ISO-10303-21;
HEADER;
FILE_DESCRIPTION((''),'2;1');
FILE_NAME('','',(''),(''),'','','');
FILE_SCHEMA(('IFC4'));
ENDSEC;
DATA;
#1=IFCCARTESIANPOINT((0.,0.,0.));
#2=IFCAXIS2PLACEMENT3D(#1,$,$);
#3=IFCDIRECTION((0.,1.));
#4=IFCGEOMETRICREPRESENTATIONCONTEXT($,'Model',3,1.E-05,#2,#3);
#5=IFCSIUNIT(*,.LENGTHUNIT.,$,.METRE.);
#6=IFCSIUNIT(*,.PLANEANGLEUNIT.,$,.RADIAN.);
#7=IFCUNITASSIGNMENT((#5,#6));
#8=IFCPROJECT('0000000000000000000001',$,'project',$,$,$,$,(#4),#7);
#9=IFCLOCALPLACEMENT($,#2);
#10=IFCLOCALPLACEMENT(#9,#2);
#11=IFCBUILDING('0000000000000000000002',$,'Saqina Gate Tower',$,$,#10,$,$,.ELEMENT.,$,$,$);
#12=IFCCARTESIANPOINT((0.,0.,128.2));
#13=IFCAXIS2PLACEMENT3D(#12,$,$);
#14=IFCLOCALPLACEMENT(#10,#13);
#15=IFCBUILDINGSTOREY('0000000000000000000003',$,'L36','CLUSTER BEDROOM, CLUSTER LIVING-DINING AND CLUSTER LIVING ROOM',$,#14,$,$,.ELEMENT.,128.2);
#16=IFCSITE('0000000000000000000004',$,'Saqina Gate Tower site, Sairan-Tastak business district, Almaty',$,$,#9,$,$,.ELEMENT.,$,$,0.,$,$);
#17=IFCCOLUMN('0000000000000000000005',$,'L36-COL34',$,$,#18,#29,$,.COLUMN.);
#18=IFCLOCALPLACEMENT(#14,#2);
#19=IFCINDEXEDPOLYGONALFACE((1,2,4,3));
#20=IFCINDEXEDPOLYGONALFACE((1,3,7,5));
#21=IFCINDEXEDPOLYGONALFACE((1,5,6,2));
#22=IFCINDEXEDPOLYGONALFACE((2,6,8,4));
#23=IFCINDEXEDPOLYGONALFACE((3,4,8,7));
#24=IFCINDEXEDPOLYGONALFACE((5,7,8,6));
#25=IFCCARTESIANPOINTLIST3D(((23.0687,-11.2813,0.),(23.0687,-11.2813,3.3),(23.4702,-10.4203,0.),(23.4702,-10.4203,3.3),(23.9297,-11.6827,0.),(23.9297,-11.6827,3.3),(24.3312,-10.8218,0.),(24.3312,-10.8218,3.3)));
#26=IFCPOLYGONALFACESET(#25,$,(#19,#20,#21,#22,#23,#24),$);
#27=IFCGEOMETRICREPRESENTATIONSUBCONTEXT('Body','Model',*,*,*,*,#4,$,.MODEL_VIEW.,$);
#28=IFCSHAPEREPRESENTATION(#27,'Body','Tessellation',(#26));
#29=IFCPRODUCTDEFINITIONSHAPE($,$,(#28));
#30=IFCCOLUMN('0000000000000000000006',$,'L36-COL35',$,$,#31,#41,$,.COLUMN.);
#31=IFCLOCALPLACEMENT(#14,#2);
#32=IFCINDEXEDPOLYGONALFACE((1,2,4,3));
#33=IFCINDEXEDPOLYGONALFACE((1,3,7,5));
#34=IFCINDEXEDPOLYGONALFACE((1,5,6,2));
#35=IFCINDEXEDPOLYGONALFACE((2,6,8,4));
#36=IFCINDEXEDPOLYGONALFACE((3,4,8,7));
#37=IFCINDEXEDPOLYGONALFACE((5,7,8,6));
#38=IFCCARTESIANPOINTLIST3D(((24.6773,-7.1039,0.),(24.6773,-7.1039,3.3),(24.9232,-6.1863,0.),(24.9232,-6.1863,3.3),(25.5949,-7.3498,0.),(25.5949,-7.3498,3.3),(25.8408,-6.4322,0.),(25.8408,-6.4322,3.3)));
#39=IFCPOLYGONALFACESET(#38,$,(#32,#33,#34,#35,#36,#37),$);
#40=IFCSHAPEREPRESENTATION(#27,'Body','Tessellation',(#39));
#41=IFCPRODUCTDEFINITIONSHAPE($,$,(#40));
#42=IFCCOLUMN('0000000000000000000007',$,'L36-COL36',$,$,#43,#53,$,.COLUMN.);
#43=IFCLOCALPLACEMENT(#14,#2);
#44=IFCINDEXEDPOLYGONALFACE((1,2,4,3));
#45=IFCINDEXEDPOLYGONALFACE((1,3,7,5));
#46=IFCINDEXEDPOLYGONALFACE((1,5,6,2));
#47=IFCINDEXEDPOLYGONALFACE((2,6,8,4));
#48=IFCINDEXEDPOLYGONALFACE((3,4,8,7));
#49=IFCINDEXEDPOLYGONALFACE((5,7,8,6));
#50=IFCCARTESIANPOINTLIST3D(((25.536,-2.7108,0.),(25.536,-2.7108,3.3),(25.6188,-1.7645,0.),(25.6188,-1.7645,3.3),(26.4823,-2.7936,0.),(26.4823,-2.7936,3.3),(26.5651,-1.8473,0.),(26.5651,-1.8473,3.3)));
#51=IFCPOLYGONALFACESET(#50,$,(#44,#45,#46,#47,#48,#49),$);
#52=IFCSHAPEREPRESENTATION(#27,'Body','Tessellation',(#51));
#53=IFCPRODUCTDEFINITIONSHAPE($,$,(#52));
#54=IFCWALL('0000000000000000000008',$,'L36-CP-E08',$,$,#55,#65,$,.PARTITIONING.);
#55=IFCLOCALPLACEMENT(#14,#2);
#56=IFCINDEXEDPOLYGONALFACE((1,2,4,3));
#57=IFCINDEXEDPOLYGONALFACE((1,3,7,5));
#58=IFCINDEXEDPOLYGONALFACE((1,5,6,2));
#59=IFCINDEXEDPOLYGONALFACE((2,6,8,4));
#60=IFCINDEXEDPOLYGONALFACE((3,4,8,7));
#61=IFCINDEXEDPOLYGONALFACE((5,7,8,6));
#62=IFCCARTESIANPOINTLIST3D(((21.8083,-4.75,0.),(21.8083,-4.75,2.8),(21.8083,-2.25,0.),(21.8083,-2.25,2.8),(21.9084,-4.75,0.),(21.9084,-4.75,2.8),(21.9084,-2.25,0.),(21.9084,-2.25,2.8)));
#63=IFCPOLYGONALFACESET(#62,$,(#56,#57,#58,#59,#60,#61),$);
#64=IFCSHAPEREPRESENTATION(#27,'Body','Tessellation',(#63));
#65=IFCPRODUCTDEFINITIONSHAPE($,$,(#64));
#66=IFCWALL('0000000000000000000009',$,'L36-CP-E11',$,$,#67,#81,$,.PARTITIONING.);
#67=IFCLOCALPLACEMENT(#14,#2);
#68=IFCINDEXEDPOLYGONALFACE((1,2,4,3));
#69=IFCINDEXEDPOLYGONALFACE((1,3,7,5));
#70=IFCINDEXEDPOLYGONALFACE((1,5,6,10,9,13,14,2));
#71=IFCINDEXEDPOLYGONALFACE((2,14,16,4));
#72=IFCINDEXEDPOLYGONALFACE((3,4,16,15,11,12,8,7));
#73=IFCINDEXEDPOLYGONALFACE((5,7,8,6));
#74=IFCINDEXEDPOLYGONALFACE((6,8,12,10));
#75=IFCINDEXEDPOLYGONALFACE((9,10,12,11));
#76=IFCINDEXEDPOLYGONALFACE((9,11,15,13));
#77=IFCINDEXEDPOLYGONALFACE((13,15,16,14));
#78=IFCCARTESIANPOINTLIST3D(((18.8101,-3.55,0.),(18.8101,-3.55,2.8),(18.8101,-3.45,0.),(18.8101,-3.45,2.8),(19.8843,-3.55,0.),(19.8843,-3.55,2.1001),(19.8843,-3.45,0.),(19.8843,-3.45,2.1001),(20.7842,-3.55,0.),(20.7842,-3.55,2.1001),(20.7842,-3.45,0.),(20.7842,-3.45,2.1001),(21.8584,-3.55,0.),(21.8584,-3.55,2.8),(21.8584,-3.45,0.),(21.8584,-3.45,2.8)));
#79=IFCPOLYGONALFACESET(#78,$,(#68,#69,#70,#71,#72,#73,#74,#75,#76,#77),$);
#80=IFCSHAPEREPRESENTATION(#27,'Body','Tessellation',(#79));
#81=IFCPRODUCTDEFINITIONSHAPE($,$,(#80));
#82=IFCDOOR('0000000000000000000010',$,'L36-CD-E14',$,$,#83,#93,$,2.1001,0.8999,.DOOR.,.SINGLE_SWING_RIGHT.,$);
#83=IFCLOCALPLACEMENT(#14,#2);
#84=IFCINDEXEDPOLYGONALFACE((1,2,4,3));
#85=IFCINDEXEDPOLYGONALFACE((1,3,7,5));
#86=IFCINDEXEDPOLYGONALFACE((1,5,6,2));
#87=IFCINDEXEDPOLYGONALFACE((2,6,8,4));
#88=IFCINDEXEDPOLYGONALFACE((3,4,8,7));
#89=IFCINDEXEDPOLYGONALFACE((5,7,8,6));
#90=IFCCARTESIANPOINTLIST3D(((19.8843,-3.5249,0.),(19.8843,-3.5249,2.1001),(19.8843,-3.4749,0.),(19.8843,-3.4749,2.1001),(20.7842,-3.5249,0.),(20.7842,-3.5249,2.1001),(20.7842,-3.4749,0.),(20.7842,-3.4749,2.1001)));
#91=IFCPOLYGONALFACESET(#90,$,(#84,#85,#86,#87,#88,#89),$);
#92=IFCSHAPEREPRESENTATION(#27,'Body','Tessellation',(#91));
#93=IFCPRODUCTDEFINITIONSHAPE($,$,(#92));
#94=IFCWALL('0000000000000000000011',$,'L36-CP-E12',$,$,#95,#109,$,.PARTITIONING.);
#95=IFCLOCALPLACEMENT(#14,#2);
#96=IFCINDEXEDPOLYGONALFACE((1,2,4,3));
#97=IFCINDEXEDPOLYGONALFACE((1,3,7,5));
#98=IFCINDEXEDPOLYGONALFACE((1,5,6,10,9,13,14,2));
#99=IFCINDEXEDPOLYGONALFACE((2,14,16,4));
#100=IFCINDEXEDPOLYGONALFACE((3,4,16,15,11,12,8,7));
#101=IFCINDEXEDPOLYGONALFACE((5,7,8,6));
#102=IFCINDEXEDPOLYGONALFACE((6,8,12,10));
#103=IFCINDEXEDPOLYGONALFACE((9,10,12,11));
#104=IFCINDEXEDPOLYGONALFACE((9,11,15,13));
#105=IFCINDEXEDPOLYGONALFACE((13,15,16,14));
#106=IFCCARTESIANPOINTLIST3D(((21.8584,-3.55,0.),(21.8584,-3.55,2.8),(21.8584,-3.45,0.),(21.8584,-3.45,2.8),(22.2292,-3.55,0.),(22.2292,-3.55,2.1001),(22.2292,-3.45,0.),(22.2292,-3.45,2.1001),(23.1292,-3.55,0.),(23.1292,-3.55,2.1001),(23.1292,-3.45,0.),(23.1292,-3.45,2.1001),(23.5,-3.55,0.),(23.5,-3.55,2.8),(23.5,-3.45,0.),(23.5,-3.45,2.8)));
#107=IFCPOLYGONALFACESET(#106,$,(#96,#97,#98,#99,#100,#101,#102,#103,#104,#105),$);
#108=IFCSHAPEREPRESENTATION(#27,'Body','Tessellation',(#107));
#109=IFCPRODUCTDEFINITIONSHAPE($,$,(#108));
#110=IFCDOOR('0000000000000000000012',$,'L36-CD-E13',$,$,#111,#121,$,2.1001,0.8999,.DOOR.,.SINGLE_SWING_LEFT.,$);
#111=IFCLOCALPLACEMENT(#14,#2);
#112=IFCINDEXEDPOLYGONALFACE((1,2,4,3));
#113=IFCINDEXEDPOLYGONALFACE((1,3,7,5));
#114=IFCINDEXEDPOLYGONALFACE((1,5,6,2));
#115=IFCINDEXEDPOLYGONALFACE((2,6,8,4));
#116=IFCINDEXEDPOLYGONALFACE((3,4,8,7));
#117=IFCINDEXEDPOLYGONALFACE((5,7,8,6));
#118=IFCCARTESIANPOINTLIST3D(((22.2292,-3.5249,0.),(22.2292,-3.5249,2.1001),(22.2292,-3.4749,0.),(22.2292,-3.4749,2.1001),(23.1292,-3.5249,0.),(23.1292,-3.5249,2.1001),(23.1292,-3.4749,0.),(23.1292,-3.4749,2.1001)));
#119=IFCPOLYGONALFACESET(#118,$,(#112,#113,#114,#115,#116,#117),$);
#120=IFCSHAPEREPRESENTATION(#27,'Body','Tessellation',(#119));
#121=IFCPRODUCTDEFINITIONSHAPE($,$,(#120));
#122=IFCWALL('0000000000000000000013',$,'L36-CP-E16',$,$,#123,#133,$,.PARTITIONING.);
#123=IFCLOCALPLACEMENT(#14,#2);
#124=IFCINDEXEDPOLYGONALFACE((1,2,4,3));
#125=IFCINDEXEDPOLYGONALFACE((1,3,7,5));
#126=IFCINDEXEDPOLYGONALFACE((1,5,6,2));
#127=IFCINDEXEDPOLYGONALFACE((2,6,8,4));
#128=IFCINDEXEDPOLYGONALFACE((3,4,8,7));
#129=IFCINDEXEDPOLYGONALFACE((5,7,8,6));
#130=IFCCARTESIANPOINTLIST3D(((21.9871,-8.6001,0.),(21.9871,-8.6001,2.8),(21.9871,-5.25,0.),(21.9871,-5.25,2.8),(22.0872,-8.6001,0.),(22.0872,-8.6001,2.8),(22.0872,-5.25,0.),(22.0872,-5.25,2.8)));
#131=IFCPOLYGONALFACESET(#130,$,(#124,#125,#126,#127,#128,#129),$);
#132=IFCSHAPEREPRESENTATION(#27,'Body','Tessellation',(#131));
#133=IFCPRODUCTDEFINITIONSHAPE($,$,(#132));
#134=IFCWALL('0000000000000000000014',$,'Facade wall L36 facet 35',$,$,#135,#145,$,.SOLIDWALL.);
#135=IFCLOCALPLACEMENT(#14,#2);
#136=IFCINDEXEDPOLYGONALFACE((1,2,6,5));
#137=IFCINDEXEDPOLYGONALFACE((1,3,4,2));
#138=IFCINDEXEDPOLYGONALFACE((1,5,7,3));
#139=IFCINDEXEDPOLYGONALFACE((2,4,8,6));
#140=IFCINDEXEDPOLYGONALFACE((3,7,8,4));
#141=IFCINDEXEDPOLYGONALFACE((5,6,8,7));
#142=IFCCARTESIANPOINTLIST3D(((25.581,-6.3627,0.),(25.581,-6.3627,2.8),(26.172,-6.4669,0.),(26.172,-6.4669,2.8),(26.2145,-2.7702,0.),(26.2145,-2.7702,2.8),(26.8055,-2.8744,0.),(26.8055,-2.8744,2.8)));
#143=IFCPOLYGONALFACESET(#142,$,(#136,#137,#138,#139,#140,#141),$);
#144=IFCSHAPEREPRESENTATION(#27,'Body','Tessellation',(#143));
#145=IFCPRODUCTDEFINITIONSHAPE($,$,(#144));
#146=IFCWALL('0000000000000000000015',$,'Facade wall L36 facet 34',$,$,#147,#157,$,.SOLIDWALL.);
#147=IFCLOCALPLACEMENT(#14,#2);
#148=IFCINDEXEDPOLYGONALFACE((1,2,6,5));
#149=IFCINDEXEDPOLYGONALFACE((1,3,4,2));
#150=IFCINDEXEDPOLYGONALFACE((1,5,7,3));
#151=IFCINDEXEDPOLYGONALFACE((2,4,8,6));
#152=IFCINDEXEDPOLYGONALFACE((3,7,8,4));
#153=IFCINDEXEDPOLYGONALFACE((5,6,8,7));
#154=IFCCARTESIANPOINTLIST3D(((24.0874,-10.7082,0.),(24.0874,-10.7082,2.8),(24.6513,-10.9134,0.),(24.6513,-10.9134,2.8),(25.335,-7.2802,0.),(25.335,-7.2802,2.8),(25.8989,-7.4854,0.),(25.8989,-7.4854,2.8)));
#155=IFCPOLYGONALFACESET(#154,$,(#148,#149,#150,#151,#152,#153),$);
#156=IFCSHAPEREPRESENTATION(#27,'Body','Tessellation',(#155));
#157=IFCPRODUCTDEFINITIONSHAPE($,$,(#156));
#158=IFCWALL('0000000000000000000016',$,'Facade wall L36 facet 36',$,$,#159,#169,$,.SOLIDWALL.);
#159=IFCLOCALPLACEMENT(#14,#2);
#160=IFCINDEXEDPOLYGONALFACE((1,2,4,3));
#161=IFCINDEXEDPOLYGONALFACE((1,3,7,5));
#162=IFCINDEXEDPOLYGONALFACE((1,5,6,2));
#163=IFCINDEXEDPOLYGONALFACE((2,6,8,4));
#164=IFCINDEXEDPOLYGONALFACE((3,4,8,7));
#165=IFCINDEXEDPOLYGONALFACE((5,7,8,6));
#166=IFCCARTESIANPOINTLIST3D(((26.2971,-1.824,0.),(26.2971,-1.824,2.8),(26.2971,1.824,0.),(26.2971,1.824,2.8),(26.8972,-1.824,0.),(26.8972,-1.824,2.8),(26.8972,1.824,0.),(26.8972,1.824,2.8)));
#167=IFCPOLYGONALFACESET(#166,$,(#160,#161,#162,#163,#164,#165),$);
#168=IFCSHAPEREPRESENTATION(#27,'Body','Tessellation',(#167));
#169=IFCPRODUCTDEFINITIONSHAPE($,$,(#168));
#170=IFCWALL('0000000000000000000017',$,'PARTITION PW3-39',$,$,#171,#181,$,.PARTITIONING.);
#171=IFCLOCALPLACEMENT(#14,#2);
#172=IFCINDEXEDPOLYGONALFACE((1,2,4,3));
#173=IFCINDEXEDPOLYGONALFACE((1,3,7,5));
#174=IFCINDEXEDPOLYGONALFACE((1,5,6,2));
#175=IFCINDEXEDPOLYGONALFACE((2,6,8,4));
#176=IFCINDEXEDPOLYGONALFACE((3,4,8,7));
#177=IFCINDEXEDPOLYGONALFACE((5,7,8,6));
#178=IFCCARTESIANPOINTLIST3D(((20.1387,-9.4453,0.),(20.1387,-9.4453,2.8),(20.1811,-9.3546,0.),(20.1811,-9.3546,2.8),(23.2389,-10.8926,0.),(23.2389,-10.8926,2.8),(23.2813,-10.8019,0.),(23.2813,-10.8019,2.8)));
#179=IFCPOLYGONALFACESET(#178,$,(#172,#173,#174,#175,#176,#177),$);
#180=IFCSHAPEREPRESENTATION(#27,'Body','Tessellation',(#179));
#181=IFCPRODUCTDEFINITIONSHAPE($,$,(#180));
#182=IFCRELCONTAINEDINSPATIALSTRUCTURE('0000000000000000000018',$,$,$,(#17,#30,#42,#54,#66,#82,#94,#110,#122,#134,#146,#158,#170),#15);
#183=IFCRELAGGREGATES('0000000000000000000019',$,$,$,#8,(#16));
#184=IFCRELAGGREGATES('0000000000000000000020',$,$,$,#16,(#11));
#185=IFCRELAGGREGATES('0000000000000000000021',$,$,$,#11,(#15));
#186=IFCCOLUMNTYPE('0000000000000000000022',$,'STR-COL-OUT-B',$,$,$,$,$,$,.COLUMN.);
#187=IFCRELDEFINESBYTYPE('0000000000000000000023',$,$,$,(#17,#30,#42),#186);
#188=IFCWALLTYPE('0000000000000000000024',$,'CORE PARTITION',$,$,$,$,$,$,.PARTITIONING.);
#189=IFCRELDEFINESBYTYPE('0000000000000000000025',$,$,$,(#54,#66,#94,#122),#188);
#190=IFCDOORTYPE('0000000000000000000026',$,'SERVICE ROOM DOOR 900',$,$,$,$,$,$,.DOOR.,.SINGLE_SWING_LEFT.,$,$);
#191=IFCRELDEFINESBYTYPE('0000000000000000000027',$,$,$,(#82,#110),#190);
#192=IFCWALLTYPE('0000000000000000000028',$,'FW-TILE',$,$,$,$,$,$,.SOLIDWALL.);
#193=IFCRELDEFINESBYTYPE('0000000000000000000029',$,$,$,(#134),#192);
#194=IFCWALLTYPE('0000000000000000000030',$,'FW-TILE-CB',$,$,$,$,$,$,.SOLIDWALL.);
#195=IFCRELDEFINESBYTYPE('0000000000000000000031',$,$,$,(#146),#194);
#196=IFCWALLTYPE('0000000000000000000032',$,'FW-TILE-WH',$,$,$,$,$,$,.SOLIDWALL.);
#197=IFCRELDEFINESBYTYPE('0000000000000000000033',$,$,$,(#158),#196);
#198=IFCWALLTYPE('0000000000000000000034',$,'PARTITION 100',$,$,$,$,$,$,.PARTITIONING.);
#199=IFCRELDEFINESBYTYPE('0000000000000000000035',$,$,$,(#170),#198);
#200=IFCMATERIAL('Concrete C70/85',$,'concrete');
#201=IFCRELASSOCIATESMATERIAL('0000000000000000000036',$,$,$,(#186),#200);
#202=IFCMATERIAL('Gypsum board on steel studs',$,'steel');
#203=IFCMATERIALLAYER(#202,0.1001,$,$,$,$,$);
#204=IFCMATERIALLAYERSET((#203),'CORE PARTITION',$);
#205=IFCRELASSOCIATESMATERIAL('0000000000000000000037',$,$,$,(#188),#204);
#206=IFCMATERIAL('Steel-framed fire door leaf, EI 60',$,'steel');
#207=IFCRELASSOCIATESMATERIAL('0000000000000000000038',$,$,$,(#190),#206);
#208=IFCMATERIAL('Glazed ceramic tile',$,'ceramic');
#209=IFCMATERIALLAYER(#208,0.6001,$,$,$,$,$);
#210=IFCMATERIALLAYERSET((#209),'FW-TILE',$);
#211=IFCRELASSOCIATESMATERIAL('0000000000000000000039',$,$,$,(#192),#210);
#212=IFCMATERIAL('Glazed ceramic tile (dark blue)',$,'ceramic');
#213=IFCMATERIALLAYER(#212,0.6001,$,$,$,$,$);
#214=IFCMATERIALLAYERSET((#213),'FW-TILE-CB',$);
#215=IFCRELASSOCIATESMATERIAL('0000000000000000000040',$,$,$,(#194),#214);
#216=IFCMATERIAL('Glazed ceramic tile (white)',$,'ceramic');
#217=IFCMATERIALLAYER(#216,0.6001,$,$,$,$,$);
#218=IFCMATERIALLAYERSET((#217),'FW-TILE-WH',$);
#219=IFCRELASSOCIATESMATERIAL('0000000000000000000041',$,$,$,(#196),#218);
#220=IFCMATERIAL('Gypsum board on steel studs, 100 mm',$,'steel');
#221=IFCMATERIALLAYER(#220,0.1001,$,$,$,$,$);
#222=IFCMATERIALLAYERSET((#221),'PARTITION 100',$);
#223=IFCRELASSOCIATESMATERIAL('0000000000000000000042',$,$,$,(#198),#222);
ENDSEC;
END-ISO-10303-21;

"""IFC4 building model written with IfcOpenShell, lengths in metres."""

from ifc_helpers import new_model, si_unit, direction, frame, frame_2d, origin, origin_2d, place, context, subcontext, project, spatial, rectangle, extrude, material, layer, layer_set, material_profile, profile_set, type_object, element, fill, save


model = new_model("IFC4")

# Units and contexts
model_context = context("Model", 3, precision=1e-05, world=origin(), true_north=direction((0.0, 1.0)))
body_context = subcontext(model_context, "Body", "Model", "MODEL_VIEW")
ifc_project = project(units=[si_unit("LENGTHUNIT", "METRE"), si_unit("PLANEANGLEUNIT", "RADIAN")], contexts=[model_context])

# Site, building, storey
site_placement = place(None, origin())
site = spatial("IfcSite", under=ifc_project, at=site_placement, Name="Saqina Gate Tower site, Sairan-Tastak business district, Almaty", CompositionType="ELEMENT", RefElevation=0.0)
building_placement = place(site_placement, origin())
building = spatial("IfcBuilding", under=site, at=building_placement, Name="Saqina Gate Tower", CompositionType="ELEMENT")
storey_placement = place(building_placement, frame((0.0, 0.0, 128.2)))
storey = spatial("IfcBuildingStorey", under=building, at=storey_placement, Name="L36", Description="CLUSTER BEDROOM, CLUSTER LIVING-DINING AND CLUSTER LIVING ROOM", CompositionType="ELEMENT", Elevation=128.2)

# Columns
ifc_material_1 = material(Name="Concrete C70/85", Category="concrete")
ifc_material_profile = material_profile(ifc_material_1, rectangle(XDim=0.95, YDim=0.95, at=origin_2d()), Name="RC 950x950")
ifc_profile_set = profile_set([ifc_material_profile], Name="Concrete C70/85")
column_type = type_object("IfcColumnType", Name="STR-COL-OUT-B", PredefinedType="COLUMN", material=ifc_profile_set)
for number, where, z_axis, x_axis, name in (
    (1, (23.7, -11.0515, 0.0), (0.0, 0.0, 1.0), (0.906308, -0.422618, 0.0), "L36-COL34"),
    (2, (25.259, -6.7681, 0.0), (0.0, 0.0, 1.0), (0.965926, -0.258819, 0.0), "L36-COL35"),
    (3, (26.0505, -2.2791, 0.0), (0.0, 0.0, 1.0), (0.996195, -0.087156, 0.0), "L36-COL36"),
):
    element("IfcColumn", number, at=place(storey_placement, frame(where, z_axis=z_axis, x_axis=x_axis)), inside=storey, type_object=column_type, Name=name, PredefinedType="COLUMN", context=body_context, shape_type="SweptSolid", body=[
        extrude(rectangle(XDim=0.95, YDim=0.95, at=origin_2d()), origin(), (0.0, 0.0, 1.0), 3.3),
    ])

# Wall
ifc_material_2 = material(Name="Gypsum board on steel studs", Category="steel")
ifc_layer_1 = layer(ifc_material_2, 0.1001)
ifc_layer_set_1 = layer_set([ifc_layer_1], Name="CORE PARTITION")
wall_type_1 = type_object("IfcWallType", Name="CORE PARTITION", PredefinedType="PARTITIONING", material=ifc_layer_set_1)
wall_1_placement = place(storey_placement, frame((21.8584, -4.75, 0.0), z_axis=(0.0, 0.0, 1.0), x_axis=(0.0, 1.0, 0.0)))
element("IfcWall", 4, at=wall_1_placement, inside=storey, type_object=wall_type_1, Name="L36-CP-E08", PredefinedType="PARTITIONING", context=body_context, shape_type="SweptSolid", body=[
    extrude(rectangle(XDim=2.5, YDim=0.1001, at=frame_2d((1.25, 0.0))), origin(), (0.0, 0.0, 1.0), 2.8),
])

# Walls, openings, doors
wall_2_placement = place(storey_placement, frame((18.8101, -3.5, 0.0), z_axis=(0.0, 0.0, 1.0), x_axis=(1.0, 0.0, 0.0)))
wall_2 = element("IfcWall", 5, at=wall_2_placement, inside=storey, type_object=wall_type_1, Name="L36-CP-E11", PredefinedType="PARTITIONING", context=body_context, shape_type="SweptSolid", body=[
    extrude(rectangle(XDim=3.0483, YDim=0.1001, at=frame_2d((1.5242, 0.0))), origin(), (0.0, 0.0, 1.0), 2.8),
])
opening_1_placement = place(wall_2_placement, frame((1.0742, 0.0, 0.0)))
opening_1 = element("IfcOpeningElement", 6, at=opening_1_placement, cuts=wall_2, PredefinedType="OPENING", context=body_context, shape_type="SweptSolid", body=[
    extrude(rectangle(XDim=0.8999, YDim=2.1001, at=frame_2d((0.45, 1.05))), frame((0.0, 0.062, 0.0), z_axis=(0.0, -1.0, 0.0), x_axis=(1.0, 0.0, 0.0)), (0.0, 0.0, 1.0), 0.124),
])
ifc_material_3 = material(Name="Steel-framed fire door leaf, EI 60", Category="steel")
door_type = type_object("IfcDoorType", Name="SERVICE ROOM DOOR 900", OperationType="SINGLE_SWING_LEFT", PredefinedType="DOOR", material=ifc_material_3)
door_1_placement = place(opening_1_placement, frame((0.8999, 0.0, 0.0), z_axis=(0.0, 0.0, 1.0), x_axis=(-1.0, 0.0, 0.0)))
door_1 = element("IfcDoor", 7, at=door_1_placement, inside=storey, type_object=door_type, Name="L36-CD-E14", OperationType="SINGLE_SWING_RIGHT", OverallHeight=2.1001, OverallWidth=0.8999, PredefinedType="DOOR", context=body_context, shape_type="SweptSolid", body=[
    extrude(rectangle(XDim=0.8999, YDim=2.1001, at=frame_2d((0.45, 1.05))), frame((0.0, 0.0249, 0.0), z_axis=(0.0, -1.0, 0.0), x_axis=(1.0, 0.0, 0.0)), (0.0, 0.0, 1.0), 0.05),
])
fill(opening_1, door_1)
wall_3_placement = place(storey_placement, frame((21.8584, -3.5, 0.0), z_axis=(0.0, 0.0, 1.0), x_axis=(1.0, 0.0, 0.0)))
wall_3 = element("IfcWall", 8, at=wall_3_placement, inside=storey, type_object=wall_type_1, Name="L36-CP-E12", PredefinedType="PARTITIONING", context=body_context, shape_type="SweptSolid", body=[
    extrude(rectangle(XDim=1.6416, YDim=0.1001, at=frame_2d((0.8208, 0.0))), origin(), (0.0, 0.0, 1.0), 2.8),
])
opening_2_placement = place(wall_3_placement, frame((0.3708, 0.0, 0.0)))
opening_2 = element("IfcOpeningElement", 9, at=opening_2_placement, cuts=wall_3, PredefinedType="OPENING", context=body_context, shape_type="SweptSolid", body=[
    extrude(rectangle(XDim=0.8999, YDim=2.1001, at=frame_2d((0.45, 1.05))), frame((0.0, 0.062, 0.0), z_axis=(0.0, -1.0, 0.0), x_axis=(1.0, 0.0, 0.0)), (0.0, 0.0, 1.0), 0.124),
])
door_2_placement = place(opening_2_placement, frame((0.8999, 0.0, 0.0), z_axis=(0.0, 0.0, 1.0), x_axis=(-1.0, 0.0, 0.0)))
door_2 = element("IfcDoor", 10, at=door_2_placement, inside=storey, type_object=door_type, Name="L36-CD-E13", OperationType="SINGLE_SWING_LEFT", OverallHeight=2.1001, OverallWidth=0.8999, PredefinedType="DOOR", context=body_context, shape_type="SweptSolid", body=[
    extrude(rectangle(XDim=0.8999, YDim=2.1001, at=frame_2d((0.45, 1.05))), frame((0.0, 0.0249, 0.0), z_axis=(0.0, -1.0, 0.0), x_axis=(1.0, 0.0, 0.0)), (0.0, 0.0, 1.0), 0.05),
])
fill(opening_2, door_2)

# Walls
wall_4_placement = place(storey_placement, frame((22.0371, -8.6001, 0.0), z_axis=(0.0, 0.0, 1.0), x_axis=(0.0, 1.0, 0.0)))
element("IfcWall", 11, at=wall_4_placement, inside=storey, type_object=wall_type_1, Name="L36-CP-E16", PredefinedType="PARTITIONING", context=body_context, shape_type="SweptSolid", body=[
    extrude(rectangle(XDim=3.3501, YDim=0.1001, at=frame_2d((1.675, 0.0))), origin(), (0.0, 0.0, 1.0), 2.8),
])
ifc_material_4 = material(Name="Glazed ceramic tile", Category="ceramic")
ifc_layer_2 = layer(ifc_material_4, 0.6001)
ifc_layer_set_2 = layer_set([ifc_layer_2], Name="FW-TILE")
wall_type_2 = type_object("IfcWallType", Name="FW-TILE", PredefinedType="SOLIDWALL", material=ifc_layer_set_2)
wall_5_placement = place(storey_placement, frame((25.8765, -6.4148, 0.0), z_axis=(0.0, 0.0, 1.0), x_axis=(0.173671, 0.984804, 0.0)))
element("IfcWall", 12, at=wall_5_placement, inside=storey, type_object=wall_type_2, Name="Facade wall L36 facet 35", PredefinedType="SOLIDWALL", context=body_context, shape_type="SweptSolid", body=[
    extrude(rectangle(XDim=3.6479, YDim=0.6001, at=frame_2d((1.824, 0.0))), origin(), (0.0, 0.0, 1.0), 2.8),
])
ifc_material_5 = material(Name="Glazed ceramic tile (dark blue)", Category="ceramic")
ifc_layer_3 = layer(ifc_material_5, 0.6001)
ifc_layer_set_3 = layer_set([ifc_layer_3], Name="FW-TILE-CB")
wall_type_3 = type_object("IfcWallType", Name="FW-TILE-CB", PredefinedType="SOLIDWALL", material=ifc_layer_set_3)
wall_6_placement = place(storey_placement, frame((24.3694, -10.8108, 0.0), z_axis=(0.0, 0.0, 1.0), x_axis=(0.34199, 0.939704, 0.0)))
element("IfcWall", 13, at=wall_6_placement, inside=storey, type_object=wall_type_3, Name="Facade wall L36 facet 34", PredefinedType="SOLIDWALL", context=body_context, shape_type="SweptSolid", body=[
    extrude(rectangle(XDim=3.6479, YDim=0.6001, at=frame_2d((1.824, 0.0))), origin(), (0.0, 0.0, 1.0), 2.8),
])
ifc_material_6 = material(Name="Glazed ceramic tile (white)", Category="ceramic")
ifc_layer_4 = layer(ifc_material_6, 0.6001)
ifc_layer_set_4 = layer_set([ifc_layer_4], Name="FW-TILE-WH")
wall_type_4 = type_object("IfcWallType", Name="FW-TILE-WH", PredefinedType="SOLIDWALL", material=ifc_layer_set_4)
wall_7_placement = place(storey_placement, frame((26.5972, -1.824, 0.0), z_axis=(0.0, 0.0, 1.0), x_axis=(0.0, 1.0, 0.0)))
element("IfcWall", 14, at=wall_7_placement, inside=storey, type_object=wall_type_4, Name="Facade wall L36 facet 36", PredefinedType="SOLIDWALL", context=body_context, shape_type="SweptSolid", body=[
    extrude(rectangle(XDim=3.6479, YDim=0.6001, at=frame_2d((1.824, 0.0))), origin(), (0.0, 0.0, 1.0), 2.8),
])
ifc_material_7 = material(Name="Gypsum board on steel studs, 100 mm", Category="steel")
ifc_layer_5 = layer(ifc_material_7, 0.1001)
ifc_layer_set_5 = layer_set([ifc_layer_5], Name="PARTITION 100")
wall_type_5 = type_object("IfcWallType", Name="PARTITION 100", PredefinedType="PARTITIONING", material=ifc_layer_set_5)
wall_8_placement = place(storey_placement, frame((20.1599, -9.3999, 0.0), z_axis=(0.0, 0.0, 1.0), x_axis=(0.906121, -0.423018, 0.0)))
element("IfcWall", 15, at=wall_8_placement, inside=storey, type_object=wall_type_5, Name="PARTITION PW3-39", PredefinedType="PARTITIONING", context=body_context, shape_type="SweptSolid", body=[
    extrude(rectangle(XDim=3.4214, YDim=0.1001, at=frame_2d((1.7107, 0.0))), origin(), (0.0, 0.0, 1.0), 2.8),
])

save(model, "model.ifc")
